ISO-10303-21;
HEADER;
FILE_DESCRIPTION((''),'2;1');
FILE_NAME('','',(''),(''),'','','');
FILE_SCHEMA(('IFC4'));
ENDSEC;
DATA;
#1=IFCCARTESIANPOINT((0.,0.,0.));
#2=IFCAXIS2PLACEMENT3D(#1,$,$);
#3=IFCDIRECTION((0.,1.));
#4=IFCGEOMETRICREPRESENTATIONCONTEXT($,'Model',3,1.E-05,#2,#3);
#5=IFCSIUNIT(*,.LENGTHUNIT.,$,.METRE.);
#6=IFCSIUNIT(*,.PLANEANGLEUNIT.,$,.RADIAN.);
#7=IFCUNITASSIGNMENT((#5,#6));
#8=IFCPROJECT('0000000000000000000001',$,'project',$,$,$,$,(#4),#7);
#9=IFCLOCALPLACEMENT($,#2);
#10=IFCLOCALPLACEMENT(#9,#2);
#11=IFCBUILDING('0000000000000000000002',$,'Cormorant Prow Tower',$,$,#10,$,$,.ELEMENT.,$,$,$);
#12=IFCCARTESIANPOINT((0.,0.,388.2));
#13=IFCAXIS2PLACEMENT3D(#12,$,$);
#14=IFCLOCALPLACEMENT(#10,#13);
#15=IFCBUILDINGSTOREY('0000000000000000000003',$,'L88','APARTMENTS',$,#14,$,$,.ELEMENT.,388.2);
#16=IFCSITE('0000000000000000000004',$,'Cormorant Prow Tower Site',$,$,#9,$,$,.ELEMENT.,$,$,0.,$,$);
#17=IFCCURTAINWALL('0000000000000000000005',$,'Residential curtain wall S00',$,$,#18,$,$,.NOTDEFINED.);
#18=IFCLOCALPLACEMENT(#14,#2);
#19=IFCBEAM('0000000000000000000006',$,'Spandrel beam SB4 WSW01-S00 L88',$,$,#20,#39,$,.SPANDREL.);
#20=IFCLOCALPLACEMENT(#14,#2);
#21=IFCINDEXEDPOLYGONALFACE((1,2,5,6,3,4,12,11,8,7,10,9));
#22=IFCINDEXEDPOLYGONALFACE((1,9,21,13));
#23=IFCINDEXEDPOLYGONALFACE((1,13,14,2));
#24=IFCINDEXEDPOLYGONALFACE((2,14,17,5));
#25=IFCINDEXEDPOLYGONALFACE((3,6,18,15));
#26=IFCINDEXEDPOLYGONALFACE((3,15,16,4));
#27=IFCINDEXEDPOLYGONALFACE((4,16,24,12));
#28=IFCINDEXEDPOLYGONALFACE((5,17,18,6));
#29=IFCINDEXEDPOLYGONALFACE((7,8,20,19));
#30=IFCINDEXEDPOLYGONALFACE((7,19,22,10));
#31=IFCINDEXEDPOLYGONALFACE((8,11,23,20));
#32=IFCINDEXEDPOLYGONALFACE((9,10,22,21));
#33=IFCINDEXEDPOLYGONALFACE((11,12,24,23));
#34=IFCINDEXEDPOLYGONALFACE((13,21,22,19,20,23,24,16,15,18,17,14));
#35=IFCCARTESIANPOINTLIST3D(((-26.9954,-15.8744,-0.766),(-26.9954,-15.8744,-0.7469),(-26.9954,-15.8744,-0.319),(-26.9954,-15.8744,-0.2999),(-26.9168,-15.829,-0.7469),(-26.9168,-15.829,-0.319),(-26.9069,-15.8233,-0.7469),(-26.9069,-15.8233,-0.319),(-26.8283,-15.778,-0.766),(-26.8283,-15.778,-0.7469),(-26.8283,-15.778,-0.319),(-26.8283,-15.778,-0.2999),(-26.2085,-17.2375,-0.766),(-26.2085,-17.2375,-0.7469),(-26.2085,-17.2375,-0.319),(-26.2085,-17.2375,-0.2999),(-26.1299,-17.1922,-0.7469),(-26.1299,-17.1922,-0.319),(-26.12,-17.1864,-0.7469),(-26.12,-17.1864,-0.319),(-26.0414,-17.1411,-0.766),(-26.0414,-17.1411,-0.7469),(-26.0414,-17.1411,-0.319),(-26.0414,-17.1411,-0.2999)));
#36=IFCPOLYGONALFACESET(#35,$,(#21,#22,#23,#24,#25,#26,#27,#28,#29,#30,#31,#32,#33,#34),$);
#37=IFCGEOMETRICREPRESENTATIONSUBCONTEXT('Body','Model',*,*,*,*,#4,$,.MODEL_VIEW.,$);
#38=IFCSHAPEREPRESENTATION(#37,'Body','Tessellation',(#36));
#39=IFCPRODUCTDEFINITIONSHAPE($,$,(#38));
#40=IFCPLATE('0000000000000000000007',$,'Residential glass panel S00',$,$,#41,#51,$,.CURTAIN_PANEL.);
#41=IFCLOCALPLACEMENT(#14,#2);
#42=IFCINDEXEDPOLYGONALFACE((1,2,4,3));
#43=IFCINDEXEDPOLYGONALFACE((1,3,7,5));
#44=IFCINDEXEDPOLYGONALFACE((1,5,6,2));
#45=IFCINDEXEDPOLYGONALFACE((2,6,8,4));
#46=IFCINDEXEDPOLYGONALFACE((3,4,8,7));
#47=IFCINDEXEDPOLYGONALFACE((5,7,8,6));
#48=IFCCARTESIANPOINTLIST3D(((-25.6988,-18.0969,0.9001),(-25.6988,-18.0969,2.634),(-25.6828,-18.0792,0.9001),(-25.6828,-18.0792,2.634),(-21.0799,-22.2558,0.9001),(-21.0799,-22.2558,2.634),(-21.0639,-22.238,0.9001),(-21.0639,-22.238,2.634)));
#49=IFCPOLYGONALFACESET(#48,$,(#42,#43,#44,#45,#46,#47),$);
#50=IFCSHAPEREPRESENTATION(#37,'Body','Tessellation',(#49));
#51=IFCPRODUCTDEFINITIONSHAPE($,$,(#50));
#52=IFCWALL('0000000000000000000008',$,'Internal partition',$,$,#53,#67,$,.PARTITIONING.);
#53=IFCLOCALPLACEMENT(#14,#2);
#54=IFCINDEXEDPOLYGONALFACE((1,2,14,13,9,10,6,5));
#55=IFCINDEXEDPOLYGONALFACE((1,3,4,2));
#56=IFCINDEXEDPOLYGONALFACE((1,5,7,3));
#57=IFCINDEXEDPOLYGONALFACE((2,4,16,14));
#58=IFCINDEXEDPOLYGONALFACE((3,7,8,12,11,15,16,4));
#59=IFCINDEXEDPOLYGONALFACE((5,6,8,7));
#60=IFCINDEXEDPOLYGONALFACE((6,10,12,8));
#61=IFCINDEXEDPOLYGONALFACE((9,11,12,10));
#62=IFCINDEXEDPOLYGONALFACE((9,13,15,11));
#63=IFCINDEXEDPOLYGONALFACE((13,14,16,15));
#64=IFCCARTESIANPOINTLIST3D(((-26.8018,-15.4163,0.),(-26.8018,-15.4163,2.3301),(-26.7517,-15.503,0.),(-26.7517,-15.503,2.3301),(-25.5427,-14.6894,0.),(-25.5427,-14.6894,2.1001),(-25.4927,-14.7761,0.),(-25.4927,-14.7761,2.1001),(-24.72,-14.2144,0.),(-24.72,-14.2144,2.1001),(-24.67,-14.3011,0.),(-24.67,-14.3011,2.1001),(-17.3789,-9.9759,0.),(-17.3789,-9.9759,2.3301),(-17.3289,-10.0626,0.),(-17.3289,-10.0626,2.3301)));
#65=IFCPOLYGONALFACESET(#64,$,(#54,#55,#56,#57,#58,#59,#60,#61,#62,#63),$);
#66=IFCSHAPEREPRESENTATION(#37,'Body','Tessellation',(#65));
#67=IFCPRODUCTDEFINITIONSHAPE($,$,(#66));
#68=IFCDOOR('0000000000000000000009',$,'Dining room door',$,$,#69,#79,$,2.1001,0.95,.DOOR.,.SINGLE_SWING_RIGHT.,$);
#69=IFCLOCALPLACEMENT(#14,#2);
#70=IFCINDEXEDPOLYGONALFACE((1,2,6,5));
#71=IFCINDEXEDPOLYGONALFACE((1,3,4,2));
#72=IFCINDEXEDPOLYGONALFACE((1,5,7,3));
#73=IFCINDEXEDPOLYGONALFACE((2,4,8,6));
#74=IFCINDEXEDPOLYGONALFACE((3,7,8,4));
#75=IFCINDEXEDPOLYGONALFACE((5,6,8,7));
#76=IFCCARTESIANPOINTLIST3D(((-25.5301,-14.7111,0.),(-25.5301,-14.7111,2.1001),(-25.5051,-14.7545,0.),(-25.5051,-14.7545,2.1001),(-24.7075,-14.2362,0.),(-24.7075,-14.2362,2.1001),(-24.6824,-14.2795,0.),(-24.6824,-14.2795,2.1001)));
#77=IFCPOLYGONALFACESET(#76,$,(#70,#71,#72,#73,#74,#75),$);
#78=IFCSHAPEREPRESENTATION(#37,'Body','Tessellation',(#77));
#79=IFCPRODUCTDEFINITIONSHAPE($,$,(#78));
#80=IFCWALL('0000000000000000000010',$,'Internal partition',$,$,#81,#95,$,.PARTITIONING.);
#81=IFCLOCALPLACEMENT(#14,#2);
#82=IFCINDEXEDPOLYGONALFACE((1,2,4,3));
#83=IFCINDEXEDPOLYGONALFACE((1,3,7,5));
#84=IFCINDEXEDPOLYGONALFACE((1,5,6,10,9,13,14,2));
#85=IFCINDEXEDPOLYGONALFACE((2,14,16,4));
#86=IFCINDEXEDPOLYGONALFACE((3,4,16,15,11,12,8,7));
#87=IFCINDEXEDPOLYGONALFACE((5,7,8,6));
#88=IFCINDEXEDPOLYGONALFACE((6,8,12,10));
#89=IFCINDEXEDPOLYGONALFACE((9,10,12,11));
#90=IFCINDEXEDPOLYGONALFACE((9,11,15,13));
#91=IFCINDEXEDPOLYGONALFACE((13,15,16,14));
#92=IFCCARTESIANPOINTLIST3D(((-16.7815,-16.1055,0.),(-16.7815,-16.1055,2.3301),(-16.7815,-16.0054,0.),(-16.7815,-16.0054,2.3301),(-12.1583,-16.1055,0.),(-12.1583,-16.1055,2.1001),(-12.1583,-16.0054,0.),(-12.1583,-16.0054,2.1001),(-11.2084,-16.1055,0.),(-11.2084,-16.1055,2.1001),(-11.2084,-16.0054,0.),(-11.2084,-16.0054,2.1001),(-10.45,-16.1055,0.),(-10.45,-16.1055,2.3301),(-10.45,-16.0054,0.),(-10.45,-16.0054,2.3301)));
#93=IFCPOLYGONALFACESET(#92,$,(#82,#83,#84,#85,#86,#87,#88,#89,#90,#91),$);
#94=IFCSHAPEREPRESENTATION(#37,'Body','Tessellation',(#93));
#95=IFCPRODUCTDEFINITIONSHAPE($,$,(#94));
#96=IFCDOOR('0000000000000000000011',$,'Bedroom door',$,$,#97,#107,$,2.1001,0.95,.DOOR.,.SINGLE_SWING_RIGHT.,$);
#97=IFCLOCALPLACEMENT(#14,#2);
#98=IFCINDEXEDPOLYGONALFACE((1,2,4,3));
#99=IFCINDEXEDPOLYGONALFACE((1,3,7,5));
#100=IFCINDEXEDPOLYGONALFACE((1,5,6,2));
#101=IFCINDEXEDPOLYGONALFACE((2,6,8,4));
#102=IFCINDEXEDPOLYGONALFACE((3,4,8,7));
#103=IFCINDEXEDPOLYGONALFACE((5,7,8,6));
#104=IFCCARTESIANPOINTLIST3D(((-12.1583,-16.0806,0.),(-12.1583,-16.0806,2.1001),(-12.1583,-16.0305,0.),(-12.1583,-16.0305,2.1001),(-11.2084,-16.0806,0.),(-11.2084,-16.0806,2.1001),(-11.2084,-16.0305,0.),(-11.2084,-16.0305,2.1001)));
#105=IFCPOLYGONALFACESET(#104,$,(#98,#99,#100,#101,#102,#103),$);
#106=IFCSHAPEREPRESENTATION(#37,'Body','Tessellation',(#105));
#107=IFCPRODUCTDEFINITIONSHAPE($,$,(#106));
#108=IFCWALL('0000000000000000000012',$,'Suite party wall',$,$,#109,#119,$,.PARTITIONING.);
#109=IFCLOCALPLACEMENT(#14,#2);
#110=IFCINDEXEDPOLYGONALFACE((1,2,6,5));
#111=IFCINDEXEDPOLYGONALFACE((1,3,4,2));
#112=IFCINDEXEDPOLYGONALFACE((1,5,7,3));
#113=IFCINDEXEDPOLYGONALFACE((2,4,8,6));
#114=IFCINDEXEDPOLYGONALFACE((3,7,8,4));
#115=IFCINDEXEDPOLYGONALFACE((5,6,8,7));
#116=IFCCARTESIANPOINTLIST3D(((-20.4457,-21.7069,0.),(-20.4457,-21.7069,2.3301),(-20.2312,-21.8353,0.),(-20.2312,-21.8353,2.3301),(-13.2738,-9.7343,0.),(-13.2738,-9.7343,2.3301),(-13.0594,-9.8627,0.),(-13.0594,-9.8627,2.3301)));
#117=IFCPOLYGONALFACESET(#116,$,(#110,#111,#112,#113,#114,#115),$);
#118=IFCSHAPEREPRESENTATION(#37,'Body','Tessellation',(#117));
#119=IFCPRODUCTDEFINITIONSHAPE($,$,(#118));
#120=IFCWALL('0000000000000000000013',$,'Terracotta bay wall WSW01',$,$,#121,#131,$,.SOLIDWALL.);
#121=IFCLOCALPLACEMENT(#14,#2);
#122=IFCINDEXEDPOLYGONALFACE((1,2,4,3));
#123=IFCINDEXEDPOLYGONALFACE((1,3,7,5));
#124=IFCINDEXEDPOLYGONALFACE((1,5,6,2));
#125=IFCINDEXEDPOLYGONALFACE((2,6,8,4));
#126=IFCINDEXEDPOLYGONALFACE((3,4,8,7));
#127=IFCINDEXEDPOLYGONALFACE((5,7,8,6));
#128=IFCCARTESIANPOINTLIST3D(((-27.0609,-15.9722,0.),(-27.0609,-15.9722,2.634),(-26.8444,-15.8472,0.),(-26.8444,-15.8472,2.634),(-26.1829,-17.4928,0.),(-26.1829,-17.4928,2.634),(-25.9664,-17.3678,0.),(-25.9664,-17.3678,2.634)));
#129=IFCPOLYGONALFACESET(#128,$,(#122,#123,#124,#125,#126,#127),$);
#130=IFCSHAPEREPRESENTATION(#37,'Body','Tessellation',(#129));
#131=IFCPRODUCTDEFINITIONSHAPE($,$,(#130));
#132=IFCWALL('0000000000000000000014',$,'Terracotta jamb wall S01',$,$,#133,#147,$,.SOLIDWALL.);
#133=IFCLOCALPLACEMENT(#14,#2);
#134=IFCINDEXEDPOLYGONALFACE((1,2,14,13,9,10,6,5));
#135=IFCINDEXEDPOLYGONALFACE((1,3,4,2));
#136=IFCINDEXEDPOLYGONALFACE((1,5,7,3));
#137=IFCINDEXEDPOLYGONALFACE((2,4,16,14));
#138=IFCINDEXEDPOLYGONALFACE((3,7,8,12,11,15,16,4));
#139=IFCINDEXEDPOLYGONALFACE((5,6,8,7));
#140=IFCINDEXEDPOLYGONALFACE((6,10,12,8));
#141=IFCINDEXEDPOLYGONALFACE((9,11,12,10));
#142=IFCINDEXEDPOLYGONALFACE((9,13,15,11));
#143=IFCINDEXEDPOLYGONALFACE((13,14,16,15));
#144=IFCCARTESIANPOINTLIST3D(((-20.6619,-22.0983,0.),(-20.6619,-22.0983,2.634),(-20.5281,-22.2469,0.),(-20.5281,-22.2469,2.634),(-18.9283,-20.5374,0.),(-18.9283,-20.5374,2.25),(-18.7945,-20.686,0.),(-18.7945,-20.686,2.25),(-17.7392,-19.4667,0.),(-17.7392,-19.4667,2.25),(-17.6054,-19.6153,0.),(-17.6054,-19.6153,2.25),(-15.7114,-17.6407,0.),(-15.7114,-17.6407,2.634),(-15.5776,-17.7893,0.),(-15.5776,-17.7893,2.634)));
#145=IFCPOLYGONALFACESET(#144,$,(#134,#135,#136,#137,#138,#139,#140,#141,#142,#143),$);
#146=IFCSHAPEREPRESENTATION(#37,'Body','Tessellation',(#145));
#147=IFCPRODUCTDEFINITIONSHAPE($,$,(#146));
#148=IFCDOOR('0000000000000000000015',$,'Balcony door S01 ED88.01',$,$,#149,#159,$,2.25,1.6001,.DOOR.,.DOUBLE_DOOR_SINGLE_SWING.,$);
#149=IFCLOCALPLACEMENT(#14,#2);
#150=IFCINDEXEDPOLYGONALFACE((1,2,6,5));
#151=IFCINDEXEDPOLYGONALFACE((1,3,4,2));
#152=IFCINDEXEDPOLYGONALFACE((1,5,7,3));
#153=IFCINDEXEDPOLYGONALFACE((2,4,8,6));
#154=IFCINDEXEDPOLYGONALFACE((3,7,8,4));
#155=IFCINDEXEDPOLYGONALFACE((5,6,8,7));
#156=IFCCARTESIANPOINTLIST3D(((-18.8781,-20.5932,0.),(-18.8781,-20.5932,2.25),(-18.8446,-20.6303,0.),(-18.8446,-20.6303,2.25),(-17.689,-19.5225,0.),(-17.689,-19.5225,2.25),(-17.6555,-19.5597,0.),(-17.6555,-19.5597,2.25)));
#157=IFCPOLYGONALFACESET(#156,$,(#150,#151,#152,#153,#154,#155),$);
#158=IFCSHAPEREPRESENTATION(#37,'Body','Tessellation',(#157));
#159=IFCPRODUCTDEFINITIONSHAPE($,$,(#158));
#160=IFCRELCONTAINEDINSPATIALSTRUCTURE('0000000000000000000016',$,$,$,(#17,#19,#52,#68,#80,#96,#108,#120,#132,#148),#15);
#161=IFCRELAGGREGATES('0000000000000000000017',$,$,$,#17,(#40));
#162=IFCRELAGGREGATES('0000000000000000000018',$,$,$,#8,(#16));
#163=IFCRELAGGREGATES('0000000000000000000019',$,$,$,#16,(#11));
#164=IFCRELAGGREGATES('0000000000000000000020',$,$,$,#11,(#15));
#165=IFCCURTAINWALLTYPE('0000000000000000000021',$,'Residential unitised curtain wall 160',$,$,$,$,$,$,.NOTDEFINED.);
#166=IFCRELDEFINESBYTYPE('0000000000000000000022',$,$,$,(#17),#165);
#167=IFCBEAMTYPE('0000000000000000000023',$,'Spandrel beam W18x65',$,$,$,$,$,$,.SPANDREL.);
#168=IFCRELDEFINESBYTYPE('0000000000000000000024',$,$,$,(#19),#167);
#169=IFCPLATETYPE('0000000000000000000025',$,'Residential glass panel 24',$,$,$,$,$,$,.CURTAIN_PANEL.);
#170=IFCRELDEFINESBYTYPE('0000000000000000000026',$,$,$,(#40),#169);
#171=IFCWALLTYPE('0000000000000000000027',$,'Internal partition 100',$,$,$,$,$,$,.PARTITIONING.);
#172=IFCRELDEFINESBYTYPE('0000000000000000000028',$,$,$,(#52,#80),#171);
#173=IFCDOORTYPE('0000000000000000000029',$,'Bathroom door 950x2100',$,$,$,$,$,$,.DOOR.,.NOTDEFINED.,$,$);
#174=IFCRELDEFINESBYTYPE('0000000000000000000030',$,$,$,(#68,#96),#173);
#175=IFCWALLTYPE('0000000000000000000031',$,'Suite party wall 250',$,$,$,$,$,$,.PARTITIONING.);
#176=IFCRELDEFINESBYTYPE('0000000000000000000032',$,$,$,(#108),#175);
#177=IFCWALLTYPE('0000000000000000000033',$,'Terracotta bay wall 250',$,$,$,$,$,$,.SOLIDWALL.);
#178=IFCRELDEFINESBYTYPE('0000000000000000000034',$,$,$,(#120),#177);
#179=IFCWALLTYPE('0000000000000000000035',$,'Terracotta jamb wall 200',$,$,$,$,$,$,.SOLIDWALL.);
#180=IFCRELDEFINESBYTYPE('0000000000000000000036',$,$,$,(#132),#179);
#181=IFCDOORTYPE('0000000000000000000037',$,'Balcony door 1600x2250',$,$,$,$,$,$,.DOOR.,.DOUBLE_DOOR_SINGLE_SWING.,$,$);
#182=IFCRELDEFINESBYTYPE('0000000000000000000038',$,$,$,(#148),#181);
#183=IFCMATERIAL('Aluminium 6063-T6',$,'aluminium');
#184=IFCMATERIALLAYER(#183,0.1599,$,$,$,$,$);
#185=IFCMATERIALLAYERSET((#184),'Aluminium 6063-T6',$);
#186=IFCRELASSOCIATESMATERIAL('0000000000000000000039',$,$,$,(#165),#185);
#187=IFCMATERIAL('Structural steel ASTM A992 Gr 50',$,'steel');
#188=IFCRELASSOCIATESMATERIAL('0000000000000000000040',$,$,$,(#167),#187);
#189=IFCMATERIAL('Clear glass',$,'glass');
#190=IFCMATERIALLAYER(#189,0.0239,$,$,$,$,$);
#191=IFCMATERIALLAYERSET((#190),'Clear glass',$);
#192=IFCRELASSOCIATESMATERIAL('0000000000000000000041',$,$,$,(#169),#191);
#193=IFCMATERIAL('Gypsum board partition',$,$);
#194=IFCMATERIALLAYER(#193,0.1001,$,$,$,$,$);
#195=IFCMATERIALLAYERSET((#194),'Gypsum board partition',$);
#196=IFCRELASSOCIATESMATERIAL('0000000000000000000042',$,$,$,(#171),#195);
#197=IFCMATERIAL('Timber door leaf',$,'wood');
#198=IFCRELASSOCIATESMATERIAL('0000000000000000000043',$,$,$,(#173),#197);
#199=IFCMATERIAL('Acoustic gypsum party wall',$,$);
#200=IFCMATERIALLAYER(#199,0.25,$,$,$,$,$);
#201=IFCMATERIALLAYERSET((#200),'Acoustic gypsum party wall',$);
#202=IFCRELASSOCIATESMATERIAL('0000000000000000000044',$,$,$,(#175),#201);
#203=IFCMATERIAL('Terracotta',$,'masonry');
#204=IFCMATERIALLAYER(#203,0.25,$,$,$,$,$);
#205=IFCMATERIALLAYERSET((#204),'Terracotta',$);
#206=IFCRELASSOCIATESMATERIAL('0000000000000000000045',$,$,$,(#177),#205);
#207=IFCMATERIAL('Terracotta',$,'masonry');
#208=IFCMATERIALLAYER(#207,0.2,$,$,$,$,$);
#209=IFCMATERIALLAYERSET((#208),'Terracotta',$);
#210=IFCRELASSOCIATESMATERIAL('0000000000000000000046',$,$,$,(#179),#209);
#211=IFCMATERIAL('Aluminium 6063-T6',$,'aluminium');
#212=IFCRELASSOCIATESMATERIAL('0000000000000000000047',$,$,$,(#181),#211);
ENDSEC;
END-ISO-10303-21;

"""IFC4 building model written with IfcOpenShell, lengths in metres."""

from ifc_helpers import new_model, si_unit, direction, frame, frame_2d, origin, origin_2d, place, context, subcontext, project, spatial, rectangle, i_section, extrude, material, layer, layer_set, material_profile, profile_set, type_object, element, fill, aggregate, save


model = new_model("IFC4")

# Units and contexts
model_context = context("Model", 3, precision=1e-05, world=origin(), true_north=direction((0.0, 1.0)))
body_context = subcontext(model_context, "Body", "Model", "MODEL_VIEW")
ifc_project = project(units=[si_unit("LENGTHUNIT", "METRE"), si_unit("PLANEANGLEUNIT", "RADIAN")], contexts=[model_context])

# Site, building, storey
site_placement = place(None, origin())
site = spatial("IfcSite", under=ifc_project, at=site_placement, Name="Cormorant Prow Tower Site", CompositionType="ELEMENT", RefElevation=0.0)
building_placement = place(site_placement, origin())
building = spatial("IfcBuilding", under=site, at=building_placement, Name="Cormorant Prow Tower", CompositionType="ELEMENT")
storey_placement = place(building_placement, frame((0.0, 0.0, 388.2)))
storey = spatial("IfcBuildingStorey", under=building, at=storey_placement, Name="L88", Description="APARTMENTS", CompositionType="ELEMENT", Elevation=388.2)

# Curtain wall
ifc_material_1 = material(Name="Aluminium 6063-T6", Category="aluminium")
ifc_layer_1 = layer(ifc_material_1, 0.1599)
ifc_layer_set_1 = layer_set([ifc_layer_1], Name="Aluminium 6063-T6")
curtain_wall_type = type_object("IfcCurtainWallType", Name="Residential unitised curtain wall 160", PredefinedType="NOTDEFINED", material=ifc_layer_set_1)
curtain_wall_placement = place(storey_placement, origin())
curtain_wall = element("IfcCurtainWall", 1, at=curtain_wall_placement, inside=storey, type_object=curtain_wall_type, Name="Residential curtain wall S00", PredefinedType="NOTDEFINED")

# Beam
ifc_material_2 = material(Name="Structural steel ASTM A992 Gr 50", Category="steel")
ifc_material_profile_1 = material_profile(ifc_material_2, i_section(OverallWidth=0.1929, OverallDepth=0.4661, WebThickness=0.0115, FlangeThickness=0.019, at=origin_2d()), Name="W18x65")
ifc_profile_set_1 = profile_set([ifc_material_profile_1], Name="Structural steel ASTM A992 Gr 50")
beam_type = type_object("IfcBeamType", Name="Spandrel beam W18x65", PredefinedType="SPANDREL", material=ifc_profile_set_1)
for number, where, z_axis, x_axis, name in (
    (2, (-26.9119, -15.8262, -0.533), (0.49996, -0.866049, 0.0), (0.866049, 0.49996, 0.0), "Spandrel beam SB4 WSW01-S00 L88"),
):
    element("IfcBeam", number, at=place(storey_placement, frame(where, z_axis=z_axis, x_axis=x_axis)), inside=storey, type_object=beam_type, Name=name, PredefinedType="SPANDREL", context=body_context, shape_type="SweptSolid", body=[
        extrude(i_section(OverallWidth=0.1929, OverallDepth=0.4661, WebThickness=0.0115, FlangeThickness=0.019, at=origin_2d()), origin(), (0.0, 0.0, 1.0), 1.574),
    ])

# Plate
ifc_material_3 = material(Name="Clear glass", Category="glass")
ifc_layer_2 = layer(ifc_material_3, 0.0239)
ifc_layer_set_2 = layer_set([ifc_layer_2], Name="Clear glass")
plate_type = type_object("IfcPlateType", Name="Residential glass panel 24", PredefinedType="CURTAIN_PANEL", material=ifc_layer_set_2)
plate_placement = place(storey_placement, frame((-23.3813, -20.1675, 0.9001), z_axis=(0.0, 0.0, 1.0), x_axis=(0.743145, -0.669131, 0.0)))
plate = element("IfcPlate", 3, at=plate_placement, type_object=plate_type, Name="Residential glass panel S00", PredefinedType="CURTAIN_PANEL", context=body_context, shape_type="SweptSolid", body=[
    extrude(rectangle(XDim=6.2153, YDim=0.0239, at=origin_2d()), origin(), (0.0, 0.0, 1.0), 1.7339),
])
aggregate(curtain_wall, [plate])

# Walls, openings, doors
ifc_material_4 = material(Name="Gypsum board partition")
ifc_layer_3 = layer(ifc_material_4, 0.1001)
ifc_layer_set_3 = layer_set([ifc_layer_3], Name="Gypsum board partition")
wall_type_1 = type_object("IfcWallType", Name="Internal partition 100", PredefinedType="PARTITIONING", material=ifc_layer_set_3)
wall_1_placement = place(storey_placement, frame((-26.7769, -15.4597, 0.0), z_axis=(0.0, 0.0, 1.0), x_axis=(0.86602, 0.50001, 0.0)))
wall_1 = element("IfcWall", 4, at=wall_1_placement, inside=storey, type_object=wall_type_1, Name="Internal partition", PredefinedType="PARTITIONING", context=body_context, shape_type="SweptSolid", body=[
    extrude(rectangle(XDim=10.8806, YDim=0.1001, at=frame_2d((5.4404, 0.0))), origin(), (0.0, 0.0, 1.0), 2.3301),
])
opening_1_placement = place(wall_1_placement, frame((1.4539, 0.0, 0.0)))
opening_1 = element("IfcOpeningElement", 5, at=opening_1_placement, cuts=wall_1, PredefinedType="OPENING", context=body_context, shape_type="SweptSolid", body=[
    extrude(rectangle(XDim=0.95, YDim=2.1001, at=frame_2d((0.4751, 1.05))), frame((0.0, 0.0601, 0.0), z_axis=(0.0, -1.0, 0.0), x_axis=(1.0, 0.0, 0.0)), (0.0, 0.0, 1.0), 0.1201),
])
ifc_material_5 = material(Name="Timber door leaf", Category="wood")
door_type_1 = type_object("IfcDoorType", Name="Bathroom door 950x2100", OperationType="NOTDEFINED", PredefinedType="DOOR", material=ifc_material_5)
door_1_placement = place(opening_1_placement, origin())
door_1 = element("IfcDoor", 6, at=door_1_placement, inside=storey, type_object=door_type_1, Name="Dining room door", OperationType="SINGLE_SWING_RIGHT", OverallHeight=2.1001, OverallWidth=0.95, PredefinedType="DOOR", context=body_context, shape_type="SweptSolid", body=[
    extrude(rectangle(XDim=0.95, YDim=2.1001, at=frame_2d((0.4751, 1.05))), frame((0.0, 0.0249, 0.0), z_axis=(0.0, -1.0, 0.0), x_axis=(1.0, 0.0, 0.0)), (0.0, 0.0, 1.0), 0.05),
])
fill(opening_1, door_1)
wall_2_placement = place(storey_placement, frame((-16.7815, -16.0554, 0.0), z_axis=(0.0, 0.0, 1.0), x_axis=(1.0, 0.0, 0.0)))
wall_2 = element("IfcWall", 7, at=wall_2_placement, inside=storey, type_object=wall_type_1, Name="Internal partition", PredefinedType="PARTITIONING", context=body_context, shape_type="SweptSolid", body=[
    extrude(rectangle(XDim=6.3315, YDim=0.1001, at=frame_2d((3.1658, 0.0))), origin(), (0.0, 0.0, 1.0), 2.3301),
])
opening_2_placement = place(wall_2_placement, frame((4.623, 0.0, 0.0)))
opening_2 = element("IfcOpeningElement", 8, at=opening_2_placement, cuts=wall_2, PredefinedType="OPENING", context=body_context, shape_type="SweptSolid", body=[
    extrude(rectangle(XDim=0.95, YDim=2.1001, at=frame_2d((0.4751, 1.05))), frame((0.0, 0.0601, 0.0), z_axis=(0.0, -1.0, 0.0), x_axis=(1.0, 0.0, 0.0)), (0.0, 0.0, 1.0), 0.1201),
])
door_2_placement = place(opening_2_placement, origin())
door_2 = element("IfcDoor", 9, at=door_2_placement, inside=storey, type_object=door_type_1, Name="Bedroom door", OperationType="SINGLE_SWING_RIGHT", OverallHeight=2.1001, OverallWidth=0.95, PredefinedType="DOOR", context=body_context, shape_type="SweptSolid", body=[
    extrude(rectangle(XDim=0.95, YDim=2.1001, at=frame_2d((0.4751, 1.05))), frame((0.0, 0.0249, 0.0), z_axis=(0.0, -1.0, 0.0), x_axis=(1.0, 0.0, 0.0)), (0.0, 0.0, 1.0), 0.05),
])
fill(opening_2, door_2)

# Walls
ifc_material_6 = material(Name="Acoustic gypsum party wall")
ifc_layer_4 = layer(ifc_material_6, 0.25)
ifc_layer_set_4 = layer_set([ifc_layer_4], Name="Acoustic gypsum party wall")
wall_type_2 = type_object("IfcWallType", Name="Suite party wall 250", PredefinedType="PARTITIONING", material=ifc_layer_set_4)
wall_3_placement = place(storey_placement, frame((-20.3384, -21.771, 0.0), z_axis=(0.0, 0.0, 1.0), x_axis=(0.513878, 0.857863, 0.0)))
element("IfcWall", 10, at=wall_3_placement, inside=storey, type_object=wall_type_2, Name="Suite party wall", PredefinedType="PARTITIONING", context=body_context, shape_type="SweptSolid", body=[
    extrude(rectangle(XDim=13.9563, YDim=0.25, at=frame_2d((6.978, 0.0))), origin(), (0.0, 0.0, 1.0), 2.3301),
])
ifc_material_7 = material(Name="Terracotta", Category="masonry")
ifc_layer_5 = layer(ifc_material_7, 0.25)
ifc_layer_set_5 = layer_set([ifc_layer_5], Name="Terracotta")
wall_type_3 = type_object("IfcWallType", Name="Terracotta bay wall 250", PredefinedType="SOLIDWALL", material=ifc_layer_set_5)
wall_4_placement = place(storey_placement, frame((-26.9526, -15.9097, 0.0), z_axis=(0.0, 0.0, 1.0), x_axis=(0.500027, -0.86601, 0.0)))
element("IfcWall", 11, at=wall_4_placement, inside=storey, type_object=wall_type_3, Name="Terracotta bay wall WSW01", PredefinedType="SOLIDWALL", context=body_context, shape_type="SweptSolid", body=[
    extrude(rectangle(XDim=1.7559, YDim=0.25, at=frame_2d((0.8779, 0.0))), origin(), (0.0, 0.0, 1.0), 2.634),
])

# Wall, opening, door
ifc_material_8 = material(Name="Terracotta", Category="masonry")
ifc_layer_6 = layer(ifc_material_8, 0.2)
ifc_layer_set_6 = layer_set([ifc_layer_6], Name="Terracotta")
wall_type_4 = type_object("IfcWallType", Name="Terracotta jamb wall 200", PredefinedType="SOLIDWALL", material=ifc_layer_set_6)
wall_5_placement = place(storey_placement, frame((-20.595, -22.1726, 0.0), z_axis=(0.0, 0.0, 1.0), x_axis=(0.743136, 0.669141, 0.0)))
wall_5 = element("IfcWall", 12, at=wall_5_placement, inside=storey, type_object=wall_type_4, Name="Terracotta jamb wall S01", PredefinedType="SOLIDWALL", context=body_context, shape_type="SweptSolid", body=[
    extrude(rectangle(XDim=6.6616, YDim=0.2, at=frame_2d((3.3308, 0.0))), origin(), (0.0, 0.0, 1.0), 2.634),
])
opening_3_placement = place(wall_5_placement, frame((2.3328, 0.0, 0.0)))
opening_3 = element("IfcOpeningElement", 13, at=opening_3_placement, cuts=wall_5, PredefinedType="OPENING", context=body_context, shape_type="SweptSolid", body=[
    extrude(rectangle(XDim=1.6001, YDim=2.25, at=frame_2d((0.8, 1.125))), frame((0.0, 0.1099, 0.0), z_axis=(0.0, -1.0, 0.0), x_axis=(1.0, 0.0, 0.0)), (0.0, 0.0, 1.0), 0.22),
])
ifc_material_9 = material(Name="Aluminium 6063-T6", Category="aluminium")
door_type_2 = type_object("IfcDoorType", Name="Balcony door 1600x2250", OperationType="DOUBLE_DOOR_SINGLE_SWING", PredefinedType="DOOR", material=ifc_material_9)
door_3_placement = place(opening_3_placement, origin())
door_3 = element("IfcDoor", 14, at=door_3_placement, inside=storey, type_object=door_type_2, Name="Balcony door S01 ED88.01", OperationType="DOUBLE_DOOR_SINGLE_SWING", OverallHeight=2.25, OverallWidth=1.6001, PredefinedType="DOOR", context=body_context, shape_type="SweptSolid", body=[
    extrude(rectangle(XDim=1.6001, YDim=2.25, at=frame_2d((0.8, 1.125))), frame((0.0, 0.0249, 0.0), z_axis=(0.0, -1.0, 0.0), x_axis=(1.0, 0.0, 0.0)), (0.0, 0.0, 1.0), 0.05),
])
fill(opening_3, door_3)

save(model, "model.ifc")
